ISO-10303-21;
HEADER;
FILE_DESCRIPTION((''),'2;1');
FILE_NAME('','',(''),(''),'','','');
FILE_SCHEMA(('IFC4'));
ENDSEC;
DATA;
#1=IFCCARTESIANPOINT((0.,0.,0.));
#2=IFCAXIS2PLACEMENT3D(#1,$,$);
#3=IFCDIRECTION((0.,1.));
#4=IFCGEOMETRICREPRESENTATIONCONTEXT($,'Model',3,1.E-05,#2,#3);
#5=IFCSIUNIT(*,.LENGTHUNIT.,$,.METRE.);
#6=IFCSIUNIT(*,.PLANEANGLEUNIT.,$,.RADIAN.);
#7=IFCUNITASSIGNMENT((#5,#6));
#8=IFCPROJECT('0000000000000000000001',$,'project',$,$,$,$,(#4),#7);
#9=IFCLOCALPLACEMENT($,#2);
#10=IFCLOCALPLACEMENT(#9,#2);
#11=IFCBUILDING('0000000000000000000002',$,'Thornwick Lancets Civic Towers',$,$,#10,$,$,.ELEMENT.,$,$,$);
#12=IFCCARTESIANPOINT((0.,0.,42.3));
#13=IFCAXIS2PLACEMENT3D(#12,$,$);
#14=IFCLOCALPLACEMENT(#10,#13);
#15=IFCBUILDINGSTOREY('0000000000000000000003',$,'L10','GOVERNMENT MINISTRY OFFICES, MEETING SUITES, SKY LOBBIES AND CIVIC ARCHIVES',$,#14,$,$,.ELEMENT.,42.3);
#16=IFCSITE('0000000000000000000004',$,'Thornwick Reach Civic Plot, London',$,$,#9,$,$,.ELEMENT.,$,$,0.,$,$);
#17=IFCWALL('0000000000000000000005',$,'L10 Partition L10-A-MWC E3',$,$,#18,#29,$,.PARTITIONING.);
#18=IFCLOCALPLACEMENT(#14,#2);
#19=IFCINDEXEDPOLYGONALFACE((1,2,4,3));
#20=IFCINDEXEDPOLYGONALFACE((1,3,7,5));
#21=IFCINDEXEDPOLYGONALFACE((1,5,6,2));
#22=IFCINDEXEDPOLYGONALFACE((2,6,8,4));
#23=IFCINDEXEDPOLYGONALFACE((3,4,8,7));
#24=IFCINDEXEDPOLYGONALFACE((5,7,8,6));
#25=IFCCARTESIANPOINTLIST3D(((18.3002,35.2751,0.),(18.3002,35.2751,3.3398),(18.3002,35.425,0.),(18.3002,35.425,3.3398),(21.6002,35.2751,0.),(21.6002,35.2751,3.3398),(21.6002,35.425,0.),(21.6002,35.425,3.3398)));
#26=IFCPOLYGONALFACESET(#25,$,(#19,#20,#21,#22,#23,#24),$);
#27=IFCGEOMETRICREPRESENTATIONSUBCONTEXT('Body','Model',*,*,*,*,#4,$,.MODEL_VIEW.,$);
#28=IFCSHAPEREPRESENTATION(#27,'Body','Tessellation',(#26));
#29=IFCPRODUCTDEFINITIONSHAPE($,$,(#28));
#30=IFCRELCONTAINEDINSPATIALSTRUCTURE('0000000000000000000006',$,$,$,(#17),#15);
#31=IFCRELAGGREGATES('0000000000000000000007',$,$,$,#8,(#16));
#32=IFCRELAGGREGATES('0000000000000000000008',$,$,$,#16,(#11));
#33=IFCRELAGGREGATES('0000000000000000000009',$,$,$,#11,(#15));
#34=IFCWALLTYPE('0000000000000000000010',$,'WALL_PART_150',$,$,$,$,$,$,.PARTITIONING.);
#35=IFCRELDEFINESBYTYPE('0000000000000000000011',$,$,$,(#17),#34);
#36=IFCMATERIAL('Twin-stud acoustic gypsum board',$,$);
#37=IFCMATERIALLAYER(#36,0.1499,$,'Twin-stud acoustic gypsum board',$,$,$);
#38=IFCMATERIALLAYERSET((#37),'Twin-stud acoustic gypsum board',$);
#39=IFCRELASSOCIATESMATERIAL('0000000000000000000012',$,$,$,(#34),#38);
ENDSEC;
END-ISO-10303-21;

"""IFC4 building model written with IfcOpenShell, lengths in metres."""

from ifc_helpers import new_model, si_unit, direction, frame, frame_2d, origin, place, context, subcontext, project, spatial, rectangle, extrude, material, layer, layer_set, type_object, element, save


model = new_model("IFC4")

# Units and contexts
model_context = context("Model", 3, precision=1e-05, world=origin(), true_north=direction((0.0, 1.0)))
body_context = subcontext(model_context, "Body", "Model", "MODEL_VIEW")
ifc_project = project(units=[si_unit("LENGTHUNIT", "METRE"), si_unit("PLANEANGLEUNIT", "RADIAN")], contexts=[model_context])

# Site, building, storey
site_placement = place(None, origin())
site = spatial("IfcSite", under=ifc_project, at=site_placement, Name="Thornwick Reach Civic Plot, London", CompositionType="ELEMENT", RefElevation=0.0)
building_placement = place(site_placement, origin())
building = spatial("IfcBuilding", under=site, at=building_placement, Name="Thornwick Lancets Civic Towers", CompositionType="ELEMENT")
storey_placement = place(building_placement, frame((0.0, 0.0, 42.3)))
storey = spatial("IfcBuildingStorey", under=building, at=storey_placement, Name="L10", Description="GOVERNMENT MINISTRY OFFICES, MEETING SUITES, SKY LOBBIES AND CIVIC ARCHIVES", CompositionType="ELEMENT", Elevation=42.3)

# Wall
ifc_material_1 = material(Name="Twin-stud acoustic gypsum board")
ifc_layer_1 = layer(ifc_material_1, 0.1499, Name="Twin-stud acoustic gypsum board")
ifc_layer_set_1 = layer_set([ifc_layer_1], Name="Twin-stud acoustic gypsum board")
wall_type_1 = type_object("IfcWallType", Name="WALL_PART_150", PredefinedType="PARTITIONING", material=ifc_layer_set_1)
wall_1_placement = place(storey_placement, frame((21.6001, 35.3501, 0.0), z_axis=(0.0, 0.0, 1.0), x_axis=(-1.0, 0.0, 0.0)))
element("IfcWall", 1, at=wall_1_placement, inside=storey, type_object=wall_type_1, Name="L10 Partition L10-A-MWC E3", PredefinedType="PARTITIONING", context=body_context, shape_type="SweptSolid", body=[
    extrude(rectangle(XDim=3.3, YDim=0.1499, at=frame_2d((1.6499, 0.0))), origin(), (0.0, 0.0, 1.0), 3.3398),
])

save(model, "model.ifc")
